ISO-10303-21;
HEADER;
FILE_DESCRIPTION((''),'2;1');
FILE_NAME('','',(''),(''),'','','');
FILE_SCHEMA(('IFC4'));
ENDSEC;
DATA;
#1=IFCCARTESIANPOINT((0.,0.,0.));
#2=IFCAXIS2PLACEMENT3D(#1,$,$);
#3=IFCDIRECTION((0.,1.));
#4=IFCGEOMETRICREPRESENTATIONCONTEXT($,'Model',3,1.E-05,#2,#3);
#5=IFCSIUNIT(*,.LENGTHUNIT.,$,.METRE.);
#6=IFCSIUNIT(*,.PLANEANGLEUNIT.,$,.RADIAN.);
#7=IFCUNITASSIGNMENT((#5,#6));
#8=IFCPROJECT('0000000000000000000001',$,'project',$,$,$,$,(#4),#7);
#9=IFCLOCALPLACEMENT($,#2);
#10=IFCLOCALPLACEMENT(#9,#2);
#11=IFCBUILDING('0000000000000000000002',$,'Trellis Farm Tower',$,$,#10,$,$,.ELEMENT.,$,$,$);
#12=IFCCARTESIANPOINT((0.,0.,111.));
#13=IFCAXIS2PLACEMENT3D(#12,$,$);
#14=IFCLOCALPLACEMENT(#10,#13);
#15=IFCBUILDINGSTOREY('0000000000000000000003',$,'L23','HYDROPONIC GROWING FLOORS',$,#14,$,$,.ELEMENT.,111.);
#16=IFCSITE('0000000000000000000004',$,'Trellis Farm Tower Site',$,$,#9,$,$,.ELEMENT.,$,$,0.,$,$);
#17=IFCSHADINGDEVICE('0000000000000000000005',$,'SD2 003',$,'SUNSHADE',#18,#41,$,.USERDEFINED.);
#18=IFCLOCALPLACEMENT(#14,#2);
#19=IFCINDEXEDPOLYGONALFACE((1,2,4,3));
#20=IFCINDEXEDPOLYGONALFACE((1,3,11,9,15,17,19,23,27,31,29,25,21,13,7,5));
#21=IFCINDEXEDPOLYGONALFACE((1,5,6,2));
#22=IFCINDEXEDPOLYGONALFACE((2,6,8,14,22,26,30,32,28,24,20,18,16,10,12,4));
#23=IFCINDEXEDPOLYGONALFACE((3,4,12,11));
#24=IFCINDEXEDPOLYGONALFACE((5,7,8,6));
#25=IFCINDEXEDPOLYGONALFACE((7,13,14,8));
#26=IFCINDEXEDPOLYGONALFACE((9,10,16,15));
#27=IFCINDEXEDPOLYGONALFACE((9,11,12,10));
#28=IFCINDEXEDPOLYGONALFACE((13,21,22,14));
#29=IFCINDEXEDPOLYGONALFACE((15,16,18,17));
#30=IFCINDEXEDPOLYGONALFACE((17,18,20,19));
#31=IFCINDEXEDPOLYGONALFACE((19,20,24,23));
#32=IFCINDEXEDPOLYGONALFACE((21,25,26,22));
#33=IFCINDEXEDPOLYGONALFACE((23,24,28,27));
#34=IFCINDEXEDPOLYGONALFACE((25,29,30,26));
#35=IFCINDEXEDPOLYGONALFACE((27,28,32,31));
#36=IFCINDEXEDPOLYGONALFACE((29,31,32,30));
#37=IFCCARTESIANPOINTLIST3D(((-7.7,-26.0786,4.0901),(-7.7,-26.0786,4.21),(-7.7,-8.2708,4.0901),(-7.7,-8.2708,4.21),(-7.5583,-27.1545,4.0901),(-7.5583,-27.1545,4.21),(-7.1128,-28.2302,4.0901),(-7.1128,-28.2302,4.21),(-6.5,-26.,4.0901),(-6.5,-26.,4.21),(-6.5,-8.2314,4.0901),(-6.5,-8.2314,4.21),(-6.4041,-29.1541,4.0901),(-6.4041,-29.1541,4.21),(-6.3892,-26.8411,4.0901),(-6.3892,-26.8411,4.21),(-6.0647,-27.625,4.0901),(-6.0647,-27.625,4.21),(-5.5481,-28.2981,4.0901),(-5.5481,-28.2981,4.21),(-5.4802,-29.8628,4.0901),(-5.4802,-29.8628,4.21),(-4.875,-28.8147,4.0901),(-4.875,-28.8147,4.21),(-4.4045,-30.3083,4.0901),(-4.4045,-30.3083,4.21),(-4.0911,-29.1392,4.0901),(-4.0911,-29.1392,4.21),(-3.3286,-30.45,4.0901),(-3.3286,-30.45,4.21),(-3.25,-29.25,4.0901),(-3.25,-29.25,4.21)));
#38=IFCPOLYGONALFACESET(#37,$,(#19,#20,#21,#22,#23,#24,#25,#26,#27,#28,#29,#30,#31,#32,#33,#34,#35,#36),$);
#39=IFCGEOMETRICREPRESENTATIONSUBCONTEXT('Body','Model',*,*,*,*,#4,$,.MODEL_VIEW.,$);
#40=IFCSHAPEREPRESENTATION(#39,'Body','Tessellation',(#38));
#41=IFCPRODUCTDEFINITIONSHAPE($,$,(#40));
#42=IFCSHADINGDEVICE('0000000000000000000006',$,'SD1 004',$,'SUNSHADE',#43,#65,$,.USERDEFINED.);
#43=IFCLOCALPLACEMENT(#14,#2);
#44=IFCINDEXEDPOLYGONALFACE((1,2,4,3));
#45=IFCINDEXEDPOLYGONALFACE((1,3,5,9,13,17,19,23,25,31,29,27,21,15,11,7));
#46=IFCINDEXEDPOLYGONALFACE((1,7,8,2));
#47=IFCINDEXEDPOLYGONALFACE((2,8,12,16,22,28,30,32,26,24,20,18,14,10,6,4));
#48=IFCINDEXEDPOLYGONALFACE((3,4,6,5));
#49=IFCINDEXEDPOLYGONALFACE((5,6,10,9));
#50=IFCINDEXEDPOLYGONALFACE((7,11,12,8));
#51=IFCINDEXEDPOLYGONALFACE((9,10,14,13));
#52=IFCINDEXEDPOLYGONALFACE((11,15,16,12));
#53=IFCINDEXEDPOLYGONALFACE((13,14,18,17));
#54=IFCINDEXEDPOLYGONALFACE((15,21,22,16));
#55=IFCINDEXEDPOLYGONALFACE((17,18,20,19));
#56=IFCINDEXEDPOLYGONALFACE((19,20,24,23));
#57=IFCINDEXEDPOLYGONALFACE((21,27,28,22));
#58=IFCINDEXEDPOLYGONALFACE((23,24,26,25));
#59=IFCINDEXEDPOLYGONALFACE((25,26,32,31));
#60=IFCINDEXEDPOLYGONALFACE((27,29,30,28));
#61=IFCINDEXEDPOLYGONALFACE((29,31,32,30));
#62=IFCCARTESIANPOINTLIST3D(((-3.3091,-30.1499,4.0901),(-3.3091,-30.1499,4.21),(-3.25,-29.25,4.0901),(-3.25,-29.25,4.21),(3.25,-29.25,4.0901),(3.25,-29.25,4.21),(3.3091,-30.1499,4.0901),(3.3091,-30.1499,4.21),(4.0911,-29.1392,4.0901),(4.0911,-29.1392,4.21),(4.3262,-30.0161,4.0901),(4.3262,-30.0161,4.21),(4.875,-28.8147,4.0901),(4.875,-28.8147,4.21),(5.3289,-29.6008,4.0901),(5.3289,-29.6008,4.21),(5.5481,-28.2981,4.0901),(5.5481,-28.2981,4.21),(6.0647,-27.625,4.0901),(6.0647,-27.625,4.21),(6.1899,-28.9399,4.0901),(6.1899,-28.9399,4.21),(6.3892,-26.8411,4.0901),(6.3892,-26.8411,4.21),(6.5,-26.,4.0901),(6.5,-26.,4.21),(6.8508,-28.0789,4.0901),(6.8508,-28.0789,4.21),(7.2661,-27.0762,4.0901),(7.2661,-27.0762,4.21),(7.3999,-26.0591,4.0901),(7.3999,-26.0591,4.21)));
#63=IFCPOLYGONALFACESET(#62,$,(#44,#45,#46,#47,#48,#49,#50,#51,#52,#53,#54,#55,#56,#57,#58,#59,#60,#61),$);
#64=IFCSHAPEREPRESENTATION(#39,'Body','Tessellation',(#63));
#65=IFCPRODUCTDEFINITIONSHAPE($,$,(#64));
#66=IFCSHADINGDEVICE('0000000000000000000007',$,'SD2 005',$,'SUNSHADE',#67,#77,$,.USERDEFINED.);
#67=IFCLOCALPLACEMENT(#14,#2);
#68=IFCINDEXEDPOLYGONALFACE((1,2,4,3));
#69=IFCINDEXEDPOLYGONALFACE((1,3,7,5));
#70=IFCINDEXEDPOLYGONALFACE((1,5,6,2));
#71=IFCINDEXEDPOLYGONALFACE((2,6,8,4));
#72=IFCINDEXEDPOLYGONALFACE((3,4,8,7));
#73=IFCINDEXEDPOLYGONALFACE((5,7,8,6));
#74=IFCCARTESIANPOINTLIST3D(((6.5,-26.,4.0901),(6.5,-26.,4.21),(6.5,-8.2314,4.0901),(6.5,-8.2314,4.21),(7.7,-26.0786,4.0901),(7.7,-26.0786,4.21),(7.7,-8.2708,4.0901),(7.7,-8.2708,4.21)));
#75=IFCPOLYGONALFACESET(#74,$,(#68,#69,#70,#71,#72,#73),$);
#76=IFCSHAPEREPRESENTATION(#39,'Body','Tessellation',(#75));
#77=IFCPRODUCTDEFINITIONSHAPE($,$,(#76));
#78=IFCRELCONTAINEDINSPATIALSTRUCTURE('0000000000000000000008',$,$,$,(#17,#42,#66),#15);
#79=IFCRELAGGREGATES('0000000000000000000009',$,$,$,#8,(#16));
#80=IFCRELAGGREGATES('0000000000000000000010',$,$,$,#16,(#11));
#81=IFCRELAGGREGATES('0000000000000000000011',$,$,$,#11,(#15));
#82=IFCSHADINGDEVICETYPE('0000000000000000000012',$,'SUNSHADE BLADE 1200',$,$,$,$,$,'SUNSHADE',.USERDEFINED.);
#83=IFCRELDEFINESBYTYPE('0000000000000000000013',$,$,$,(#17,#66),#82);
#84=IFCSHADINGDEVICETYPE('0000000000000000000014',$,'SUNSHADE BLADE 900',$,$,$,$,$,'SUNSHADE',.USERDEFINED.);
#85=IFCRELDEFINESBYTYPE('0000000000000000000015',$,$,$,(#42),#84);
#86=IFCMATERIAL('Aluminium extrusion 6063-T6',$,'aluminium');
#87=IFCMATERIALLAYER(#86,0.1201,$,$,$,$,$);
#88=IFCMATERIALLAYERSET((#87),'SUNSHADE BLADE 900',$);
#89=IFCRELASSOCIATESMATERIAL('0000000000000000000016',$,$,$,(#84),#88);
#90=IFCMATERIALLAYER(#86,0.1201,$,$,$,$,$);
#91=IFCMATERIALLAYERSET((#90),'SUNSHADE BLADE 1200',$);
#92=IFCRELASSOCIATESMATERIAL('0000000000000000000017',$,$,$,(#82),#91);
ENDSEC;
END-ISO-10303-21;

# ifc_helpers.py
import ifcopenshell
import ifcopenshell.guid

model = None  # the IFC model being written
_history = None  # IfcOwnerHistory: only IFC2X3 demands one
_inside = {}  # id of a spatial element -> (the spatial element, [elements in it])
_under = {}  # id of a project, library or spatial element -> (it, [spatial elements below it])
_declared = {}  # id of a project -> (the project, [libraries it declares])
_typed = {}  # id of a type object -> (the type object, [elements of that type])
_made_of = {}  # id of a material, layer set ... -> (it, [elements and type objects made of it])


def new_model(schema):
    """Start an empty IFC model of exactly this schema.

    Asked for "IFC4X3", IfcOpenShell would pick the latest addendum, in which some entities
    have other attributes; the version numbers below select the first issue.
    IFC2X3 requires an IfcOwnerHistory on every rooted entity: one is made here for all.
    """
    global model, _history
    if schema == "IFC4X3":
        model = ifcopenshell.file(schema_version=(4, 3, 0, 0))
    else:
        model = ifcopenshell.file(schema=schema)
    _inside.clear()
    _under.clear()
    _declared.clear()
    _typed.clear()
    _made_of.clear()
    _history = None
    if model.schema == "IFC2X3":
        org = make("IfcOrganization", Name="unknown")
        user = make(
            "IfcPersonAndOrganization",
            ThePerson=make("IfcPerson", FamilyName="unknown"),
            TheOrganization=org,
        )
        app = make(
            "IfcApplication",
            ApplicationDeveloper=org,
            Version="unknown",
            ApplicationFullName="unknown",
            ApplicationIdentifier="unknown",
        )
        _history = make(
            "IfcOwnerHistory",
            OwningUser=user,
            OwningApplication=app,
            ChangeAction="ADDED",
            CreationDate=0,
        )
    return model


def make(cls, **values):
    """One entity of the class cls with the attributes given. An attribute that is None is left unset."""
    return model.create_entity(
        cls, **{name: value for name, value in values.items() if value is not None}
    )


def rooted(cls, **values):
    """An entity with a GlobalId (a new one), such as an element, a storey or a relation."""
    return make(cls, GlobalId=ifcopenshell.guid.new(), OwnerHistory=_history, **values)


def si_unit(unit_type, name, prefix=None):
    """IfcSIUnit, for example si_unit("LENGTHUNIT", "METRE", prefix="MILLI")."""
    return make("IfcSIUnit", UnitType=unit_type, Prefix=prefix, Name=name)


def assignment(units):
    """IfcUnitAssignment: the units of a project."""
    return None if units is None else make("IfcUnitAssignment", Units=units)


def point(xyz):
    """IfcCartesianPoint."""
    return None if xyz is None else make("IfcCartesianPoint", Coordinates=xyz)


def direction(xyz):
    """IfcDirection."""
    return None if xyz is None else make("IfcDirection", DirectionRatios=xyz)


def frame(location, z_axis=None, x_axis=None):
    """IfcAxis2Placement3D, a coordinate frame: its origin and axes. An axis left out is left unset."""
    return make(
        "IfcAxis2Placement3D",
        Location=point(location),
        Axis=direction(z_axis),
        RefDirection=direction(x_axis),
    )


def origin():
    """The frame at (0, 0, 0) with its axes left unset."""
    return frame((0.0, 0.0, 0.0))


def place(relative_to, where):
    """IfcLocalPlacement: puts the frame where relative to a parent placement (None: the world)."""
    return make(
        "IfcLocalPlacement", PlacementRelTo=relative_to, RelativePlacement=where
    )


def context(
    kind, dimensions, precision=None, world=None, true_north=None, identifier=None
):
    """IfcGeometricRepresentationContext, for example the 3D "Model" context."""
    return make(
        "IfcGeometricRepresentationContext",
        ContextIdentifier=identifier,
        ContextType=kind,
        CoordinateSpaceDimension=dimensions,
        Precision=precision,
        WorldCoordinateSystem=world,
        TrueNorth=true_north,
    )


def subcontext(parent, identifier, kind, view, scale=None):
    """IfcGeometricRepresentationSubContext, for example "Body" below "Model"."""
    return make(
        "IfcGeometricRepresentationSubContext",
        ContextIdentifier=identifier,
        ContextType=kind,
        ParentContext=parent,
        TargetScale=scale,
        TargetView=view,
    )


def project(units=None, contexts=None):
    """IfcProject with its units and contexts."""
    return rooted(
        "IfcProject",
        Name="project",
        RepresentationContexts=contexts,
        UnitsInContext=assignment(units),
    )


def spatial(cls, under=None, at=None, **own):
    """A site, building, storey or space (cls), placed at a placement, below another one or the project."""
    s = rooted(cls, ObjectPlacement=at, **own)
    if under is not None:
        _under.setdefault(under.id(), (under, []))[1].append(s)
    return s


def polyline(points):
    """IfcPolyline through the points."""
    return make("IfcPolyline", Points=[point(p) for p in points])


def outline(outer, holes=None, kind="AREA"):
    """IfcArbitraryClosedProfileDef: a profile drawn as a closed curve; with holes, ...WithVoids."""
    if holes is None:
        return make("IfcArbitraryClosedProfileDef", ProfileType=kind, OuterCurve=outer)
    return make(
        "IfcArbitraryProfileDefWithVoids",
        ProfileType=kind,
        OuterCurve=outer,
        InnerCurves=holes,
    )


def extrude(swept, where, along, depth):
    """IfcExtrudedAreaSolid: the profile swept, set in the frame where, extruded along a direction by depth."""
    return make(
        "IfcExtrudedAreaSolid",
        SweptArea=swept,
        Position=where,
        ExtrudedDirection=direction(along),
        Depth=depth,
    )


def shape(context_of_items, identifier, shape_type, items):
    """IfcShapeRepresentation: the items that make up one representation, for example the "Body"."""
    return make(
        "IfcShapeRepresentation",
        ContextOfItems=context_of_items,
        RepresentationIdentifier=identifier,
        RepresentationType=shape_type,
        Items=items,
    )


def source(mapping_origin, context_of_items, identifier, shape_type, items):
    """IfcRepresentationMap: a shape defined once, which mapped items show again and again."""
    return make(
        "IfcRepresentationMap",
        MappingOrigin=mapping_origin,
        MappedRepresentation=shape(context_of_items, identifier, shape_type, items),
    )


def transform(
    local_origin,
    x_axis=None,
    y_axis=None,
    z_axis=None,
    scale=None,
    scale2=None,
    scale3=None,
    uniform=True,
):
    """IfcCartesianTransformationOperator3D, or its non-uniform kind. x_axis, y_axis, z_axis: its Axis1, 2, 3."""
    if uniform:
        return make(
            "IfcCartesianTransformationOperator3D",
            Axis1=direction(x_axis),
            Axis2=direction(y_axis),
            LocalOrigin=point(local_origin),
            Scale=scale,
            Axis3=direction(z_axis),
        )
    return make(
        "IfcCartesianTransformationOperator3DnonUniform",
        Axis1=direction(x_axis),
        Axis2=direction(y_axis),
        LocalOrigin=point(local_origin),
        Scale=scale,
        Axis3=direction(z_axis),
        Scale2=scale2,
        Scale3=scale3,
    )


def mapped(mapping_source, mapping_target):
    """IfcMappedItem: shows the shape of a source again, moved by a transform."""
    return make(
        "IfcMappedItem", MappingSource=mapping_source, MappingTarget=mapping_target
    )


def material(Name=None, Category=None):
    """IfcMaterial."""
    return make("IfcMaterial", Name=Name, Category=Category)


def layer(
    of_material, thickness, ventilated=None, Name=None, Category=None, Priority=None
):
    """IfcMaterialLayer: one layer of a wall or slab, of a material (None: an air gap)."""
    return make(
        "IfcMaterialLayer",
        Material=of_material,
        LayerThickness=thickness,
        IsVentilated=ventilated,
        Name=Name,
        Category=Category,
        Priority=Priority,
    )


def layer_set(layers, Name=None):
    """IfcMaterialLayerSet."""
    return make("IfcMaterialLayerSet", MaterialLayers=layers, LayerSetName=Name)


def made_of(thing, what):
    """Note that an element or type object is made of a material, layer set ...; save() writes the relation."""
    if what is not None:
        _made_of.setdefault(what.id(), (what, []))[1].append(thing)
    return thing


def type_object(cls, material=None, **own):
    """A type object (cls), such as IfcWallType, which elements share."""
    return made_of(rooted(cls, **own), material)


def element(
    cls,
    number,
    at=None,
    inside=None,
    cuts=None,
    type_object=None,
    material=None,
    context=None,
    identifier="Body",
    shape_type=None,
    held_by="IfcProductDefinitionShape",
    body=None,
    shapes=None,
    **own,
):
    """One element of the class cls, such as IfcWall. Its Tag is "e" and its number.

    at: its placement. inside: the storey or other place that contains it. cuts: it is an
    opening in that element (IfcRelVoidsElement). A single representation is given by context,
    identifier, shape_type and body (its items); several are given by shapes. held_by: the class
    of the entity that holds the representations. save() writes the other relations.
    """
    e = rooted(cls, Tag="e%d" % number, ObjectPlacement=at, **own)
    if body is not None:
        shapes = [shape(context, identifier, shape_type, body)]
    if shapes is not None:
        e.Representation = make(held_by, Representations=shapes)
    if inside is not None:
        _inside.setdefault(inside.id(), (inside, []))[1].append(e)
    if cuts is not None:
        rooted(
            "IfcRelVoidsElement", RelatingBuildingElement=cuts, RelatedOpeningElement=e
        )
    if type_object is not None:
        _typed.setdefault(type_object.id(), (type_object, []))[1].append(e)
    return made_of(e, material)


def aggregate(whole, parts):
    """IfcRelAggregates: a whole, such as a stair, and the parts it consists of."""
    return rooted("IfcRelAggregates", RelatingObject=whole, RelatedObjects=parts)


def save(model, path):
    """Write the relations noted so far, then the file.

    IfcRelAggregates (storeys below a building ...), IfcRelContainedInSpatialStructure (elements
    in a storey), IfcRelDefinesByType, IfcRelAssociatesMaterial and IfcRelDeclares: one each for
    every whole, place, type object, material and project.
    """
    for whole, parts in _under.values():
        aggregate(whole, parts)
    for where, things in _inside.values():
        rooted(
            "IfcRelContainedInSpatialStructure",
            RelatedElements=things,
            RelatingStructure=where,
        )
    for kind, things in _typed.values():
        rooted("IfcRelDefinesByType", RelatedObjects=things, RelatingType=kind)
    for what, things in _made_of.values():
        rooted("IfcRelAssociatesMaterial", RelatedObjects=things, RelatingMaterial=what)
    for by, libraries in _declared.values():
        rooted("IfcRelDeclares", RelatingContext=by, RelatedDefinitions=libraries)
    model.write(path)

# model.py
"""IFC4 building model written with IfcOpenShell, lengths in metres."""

from ifc_helpers import new_model, si_unit, direction, frame, origin, place, context, subcontext, project, spatial, polyline, outline, extrude, source, transform, mapped, material, layer, layer_set, type_object, element, save


model = new_model("IFC4")

# Units and contexts
model_context = context("Model", 3, precision=1e-05, world=origin(), true_north=direction((0.0, 1.0)))
body_context = subcontext(model_context, "Body", "Model", "MODEL_VIEW")
ifc_project = project(units=[si_unit("LENGTHUNIT", "METRE"), si_unit("PLANEANGLEUNIT", "RADIAN")], contexts=[model_context])

# Site, building, storey
site_placement = place(None, origin())
site = spatial("IfcSite", under=ifc_project, at=site_placement, Name="Trellis Farm Tower Site", CompositionType="ELEMENT", RefElevation=0.0)
building_placement = place(site_placement, origin())
building = spatial("IfcBuilding", under=site, at=building_placement, Name="Trellis Farm Tower", CompositionType="ELEMENT")
storey_placement = place(building_placement, frame((0.0, 0.0, 111.0)))
storey = spatial("IfcBuildingStorey", under=building, at=storey_placement, Name="L23", Description="HYDROPONIC GROWING FLOORS", CompositionType="ELEMENT", Elevation=111.0)

# Shared definitions
ifc_material_1 = material(Name="Aluminium extrusion 6063-T6", Category="aluminium")

# Shading devices
ifc_layer_1 = layer(ifc_material_1, 0.1201)
ifc_layer_set_1 = layer_set([ifc_layer_1], Name="SUNSHADE BLADE 900")
shading_device_type_1 = type_object("IfcShadingDeviceType", Name="SUNSHADE BLADE 900", ElementType="SUNSHADE", PredefinedType="USERDEFINED", material=ifc_layer_set_1)
placement_1 = place(storey_placement, frame((0.0, 0.0, 4.0901)))
ifc_layer_2 = layer(ifc_material_1, 0.1201)
ifc_layer_set_2 = layer_set([ifc_layer_2], Name="SUNSHADE BLADE 1200")
shading_device_type_2 = type_object("IfcShadingDeviceType", Name="SUNSHADE BLADE 1200", ElementType="SUNSHADE", PredefinedType="USERDEFINED", material=ifc_layer_set_2)
shared_shape_1 = source(origin(), body_context, "Body", "SweptSolid", [
    extrude(outline(polyline([(-7.7, -8.2708), (-7.7, -26.0786), (-7.5583, -27.1545), (-7.1128, -28.2302), (-6.4041, -29.1541), (-5.4802, -29.8628), (-4.4045, -30.3083), (-3.3286, -30.45), (-3.25, -29.25), (-4.0911, -29.1392), (-4.875, -28.8147), (-5.5481, -28.2981), (-6.0647, -27.625), (-6.3892, -26.8411), (-6.5, -26.0), (-6.5, -8.2314), (-7.7, -8.2708)])), origin(), (0.0, 0.0, 1.0), 0.1199),
])
element("IfcShadingDevice", 1, at=placement_1, inside=storey, type_object=shading_device_type_2, Name="SD2 003", ObjectType="SUNSHADE", PredefinedType="USERDEFINED", context=body_context, shape_type="MappedRepresentation", body=[
    mapped(shared_shape_1, transform((0.0, 0.0, 0.0))),
])
shared_shape_2 = source(origin(), body_context, "Body", "SweptSolid", [
    extrude(outline(polyline([(-3.3091, -30.1499), (3.3091, -30.1499), (4.3262, -30.0161), (5.3289, -29.6008), (6.1899, -28.9399), (6.8508, -28.0789), (7.2661, -27.0762), (7.3999, -26.0591), (6.5, -26.0), (6.3892, -26.8411), (6.0647, -27.625), (5.5481, -28.2981), (4.875, -28.8147), (4.0911, -29.1392), (3.25, -29.25), (-3.25, -29.25), (-3.3091, -30.1499)])), origin(), (0.0, 0.0, 1.0), 0.1199),
])
element("IfcShadingDevice", 2, at=placement_1, inside=storey, type_object=shading_device_type_1, Name="SD1 004", ObjectType="SUNSHADE", PredefinedType="USERDEFINED", context=body_context, shape_type="MappedRepresentation", body=[
    mapped(shared_shape_2, transform((0.0, 0.0, 0.0))),
])
shared_shape_3 = source(origin(), body_context, "Body", "SweptSolid", [
    extrude(outline(polyline([(7.7, -26.0786), (7.7, -8.2708), (6.5, -8.2314), (6.5, -26.0), (7.7, -26.0786)])), origin(), (0.0, 0.0, 1.0), 0.1199),
])
element("IfcShadingDevice", 3, at=placement_1, inside=storey, type_object=shading_device_type_2, Name="SD2 005", ObjectType="SUNSHADE", PredefinedType="USERDEFINED", context=body_context, shape_type="MappedRepresentation", body=[
    mapped(shared_shape_3, transform((0.0, 0.0, 0.0))),
])

save(model, "model.ifc")
